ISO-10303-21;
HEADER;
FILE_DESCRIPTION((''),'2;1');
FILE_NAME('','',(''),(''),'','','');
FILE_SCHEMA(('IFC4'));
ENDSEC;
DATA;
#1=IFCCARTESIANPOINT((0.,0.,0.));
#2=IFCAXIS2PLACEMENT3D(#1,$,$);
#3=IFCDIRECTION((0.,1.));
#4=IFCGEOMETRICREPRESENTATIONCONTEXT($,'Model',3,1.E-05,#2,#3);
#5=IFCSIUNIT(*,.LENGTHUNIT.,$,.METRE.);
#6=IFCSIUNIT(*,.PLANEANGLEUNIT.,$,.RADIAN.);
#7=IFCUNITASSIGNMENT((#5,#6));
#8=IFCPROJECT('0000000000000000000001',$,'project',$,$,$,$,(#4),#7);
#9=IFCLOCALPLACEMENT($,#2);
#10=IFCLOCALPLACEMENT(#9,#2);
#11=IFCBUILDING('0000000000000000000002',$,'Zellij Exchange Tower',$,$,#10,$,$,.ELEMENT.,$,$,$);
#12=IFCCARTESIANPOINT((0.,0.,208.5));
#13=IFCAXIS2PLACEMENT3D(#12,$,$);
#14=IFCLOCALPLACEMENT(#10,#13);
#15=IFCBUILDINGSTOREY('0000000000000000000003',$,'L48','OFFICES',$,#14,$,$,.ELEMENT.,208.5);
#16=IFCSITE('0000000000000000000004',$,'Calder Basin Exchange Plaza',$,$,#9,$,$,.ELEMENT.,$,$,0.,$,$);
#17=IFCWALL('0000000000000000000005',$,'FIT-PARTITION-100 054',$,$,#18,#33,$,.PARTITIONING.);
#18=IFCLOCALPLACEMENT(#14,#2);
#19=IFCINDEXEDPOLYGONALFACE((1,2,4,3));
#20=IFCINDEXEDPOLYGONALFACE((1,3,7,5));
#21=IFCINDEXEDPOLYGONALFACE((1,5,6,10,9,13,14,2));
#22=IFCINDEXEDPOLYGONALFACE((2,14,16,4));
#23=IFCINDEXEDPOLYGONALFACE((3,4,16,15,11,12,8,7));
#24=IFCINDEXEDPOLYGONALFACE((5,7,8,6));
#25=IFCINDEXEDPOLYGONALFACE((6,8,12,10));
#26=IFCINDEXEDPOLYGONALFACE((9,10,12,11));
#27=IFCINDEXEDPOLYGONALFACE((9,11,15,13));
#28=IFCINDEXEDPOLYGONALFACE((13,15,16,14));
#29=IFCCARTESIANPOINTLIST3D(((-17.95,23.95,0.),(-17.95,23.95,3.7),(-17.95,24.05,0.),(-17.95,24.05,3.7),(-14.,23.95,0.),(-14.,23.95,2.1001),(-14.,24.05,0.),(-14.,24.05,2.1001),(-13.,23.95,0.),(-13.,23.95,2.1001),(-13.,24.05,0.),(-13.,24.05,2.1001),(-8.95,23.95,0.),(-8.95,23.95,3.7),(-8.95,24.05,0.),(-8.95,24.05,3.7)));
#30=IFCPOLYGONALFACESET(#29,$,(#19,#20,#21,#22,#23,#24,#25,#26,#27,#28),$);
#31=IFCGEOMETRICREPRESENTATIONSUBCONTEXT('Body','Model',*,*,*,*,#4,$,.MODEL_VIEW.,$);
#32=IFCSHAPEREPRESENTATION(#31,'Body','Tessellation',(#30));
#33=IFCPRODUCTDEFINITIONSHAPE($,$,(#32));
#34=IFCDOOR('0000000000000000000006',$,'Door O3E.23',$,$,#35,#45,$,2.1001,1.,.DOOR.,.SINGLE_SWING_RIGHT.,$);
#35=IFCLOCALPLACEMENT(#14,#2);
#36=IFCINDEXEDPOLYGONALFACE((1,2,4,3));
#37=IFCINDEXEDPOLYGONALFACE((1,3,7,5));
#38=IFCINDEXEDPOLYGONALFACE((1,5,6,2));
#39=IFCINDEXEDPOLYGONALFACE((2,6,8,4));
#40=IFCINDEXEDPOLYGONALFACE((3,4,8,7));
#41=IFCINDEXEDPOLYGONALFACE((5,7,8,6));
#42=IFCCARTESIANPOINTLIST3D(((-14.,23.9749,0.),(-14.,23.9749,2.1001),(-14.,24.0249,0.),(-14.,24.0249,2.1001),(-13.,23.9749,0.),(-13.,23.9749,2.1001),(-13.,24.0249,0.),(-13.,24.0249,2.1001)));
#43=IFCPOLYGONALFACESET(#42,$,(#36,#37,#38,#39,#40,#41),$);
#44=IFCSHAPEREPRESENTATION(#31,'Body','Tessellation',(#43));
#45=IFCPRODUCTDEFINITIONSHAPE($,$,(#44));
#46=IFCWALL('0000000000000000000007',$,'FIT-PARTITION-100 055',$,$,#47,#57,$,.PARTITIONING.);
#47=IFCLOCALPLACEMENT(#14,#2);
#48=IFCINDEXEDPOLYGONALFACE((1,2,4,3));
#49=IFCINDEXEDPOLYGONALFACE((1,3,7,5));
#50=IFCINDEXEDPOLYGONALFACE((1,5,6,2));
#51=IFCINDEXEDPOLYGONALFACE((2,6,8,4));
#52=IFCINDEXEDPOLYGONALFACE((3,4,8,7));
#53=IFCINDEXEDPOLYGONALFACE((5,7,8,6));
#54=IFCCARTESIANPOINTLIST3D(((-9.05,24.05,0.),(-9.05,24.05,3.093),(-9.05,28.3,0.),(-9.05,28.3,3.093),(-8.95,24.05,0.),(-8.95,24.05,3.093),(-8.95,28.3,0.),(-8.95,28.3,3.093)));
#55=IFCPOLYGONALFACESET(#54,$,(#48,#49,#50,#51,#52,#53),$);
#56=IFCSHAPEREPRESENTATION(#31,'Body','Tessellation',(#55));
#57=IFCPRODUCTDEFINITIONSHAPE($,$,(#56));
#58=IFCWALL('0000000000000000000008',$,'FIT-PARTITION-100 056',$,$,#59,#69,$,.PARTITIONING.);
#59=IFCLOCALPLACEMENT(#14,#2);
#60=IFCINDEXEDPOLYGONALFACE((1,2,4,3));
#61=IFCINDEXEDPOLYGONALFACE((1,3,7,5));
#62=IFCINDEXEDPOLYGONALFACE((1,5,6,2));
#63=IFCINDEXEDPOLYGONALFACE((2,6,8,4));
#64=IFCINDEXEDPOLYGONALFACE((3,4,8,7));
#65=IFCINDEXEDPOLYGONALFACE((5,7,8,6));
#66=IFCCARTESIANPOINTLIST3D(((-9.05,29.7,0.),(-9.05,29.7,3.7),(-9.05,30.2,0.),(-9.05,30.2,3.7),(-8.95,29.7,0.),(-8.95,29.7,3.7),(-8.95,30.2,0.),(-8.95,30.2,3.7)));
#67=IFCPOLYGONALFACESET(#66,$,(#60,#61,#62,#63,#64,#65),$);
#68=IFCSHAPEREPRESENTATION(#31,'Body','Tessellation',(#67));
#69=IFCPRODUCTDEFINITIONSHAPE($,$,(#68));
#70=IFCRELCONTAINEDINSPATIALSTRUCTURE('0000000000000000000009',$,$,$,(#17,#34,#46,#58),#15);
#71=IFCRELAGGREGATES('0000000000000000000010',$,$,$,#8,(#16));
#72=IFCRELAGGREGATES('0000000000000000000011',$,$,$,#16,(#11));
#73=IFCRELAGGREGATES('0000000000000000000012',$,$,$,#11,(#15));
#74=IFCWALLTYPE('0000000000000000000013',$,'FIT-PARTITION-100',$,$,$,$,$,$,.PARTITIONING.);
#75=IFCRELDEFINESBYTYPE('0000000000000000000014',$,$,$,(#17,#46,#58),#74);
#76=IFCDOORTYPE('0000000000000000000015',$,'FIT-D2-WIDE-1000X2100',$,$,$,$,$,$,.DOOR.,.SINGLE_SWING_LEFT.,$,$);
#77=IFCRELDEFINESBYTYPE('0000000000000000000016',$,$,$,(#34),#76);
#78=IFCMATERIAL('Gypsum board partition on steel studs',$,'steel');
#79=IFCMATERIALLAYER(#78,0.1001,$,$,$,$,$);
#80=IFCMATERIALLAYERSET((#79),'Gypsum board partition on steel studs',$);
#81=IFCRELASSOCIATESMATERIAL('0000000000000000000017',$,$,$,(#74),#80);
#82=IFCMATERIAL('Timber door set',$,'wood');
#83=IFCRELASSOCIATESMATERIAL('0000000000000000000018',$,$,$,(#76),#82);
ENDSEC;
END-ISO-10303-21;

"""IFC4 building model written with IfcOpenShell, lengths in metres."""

from ifc_helpers import new_model, si_unit, direction, frame, frame_2d, origin, place, context, subcontext, project, spatial, rectangle, extrude, material, layer, layer_set, type_object, element, fill, save


model = new_model("IFC4")

# Units and contexts
model_context = context("Model", 3, precision=1e-05, world=origin(), true_north=direction((0.0, 1.0)))
body_context = subcontext(model_context, "Body", "Model", "MODEL_VIEW")
ifc_project = project(units=[si_unit("LENGTHUNIT", "METRE"), si_unit("PLANEANGLEUNIT", "RADIAN")], contexts=[model_context])

# Site, building, storey
site_placement = place(None, origin())
site = spatial("IfcSite", under=ifc_project, at=site_placement, Name="Calder Basin Exchange Plaza", CompositionType="ELEMENT", RefElevation=0.0)
building_placement = place(site_placement, origin())
building = spatial("IfcBuilding", under=site, at=building_placement, Name="Zellij Exchange Tower", CompositionType="ELEMENT")
storey_placement = place(building_placement, frame((0.0, 0.0, 208.5)))
storey = spatial("IfcBuildingStorey", under=building, at=storey_placement, Name="L48", Description="OFFICES", CompositionType="ELEMENT", Elevation=208.5)

# Shared definitions
ifc_material_1 = material(Name="Gypsum board partition on steel studs", Category="steel")
ifc_layer = layer(ifc_material_1, 0.1001)
ifc_layer_set = layer_set([ifc_layer], Name="Gypsum board partition on steel studs")
wall_type = type_object("IfcWallType", Name="FIT-PARTITION-100", PredefinedType="PARTITIONING", material=ifc_layer_set)

# Wall, opening, door
wall_1_placement = place(storey_placement, frame((-17.95, 24.0, 0.0), z_axis=(0.0, 0.0, 1.0), x_axis=(1.0, 0.0, 0.0)))
wall_1 = element("IfcWall", 1, at=wall_1_placement, inside=storey, type_object=wall_type, Name="FIT-PARTITION-100 054", PredefinedType="PARTITIONING", context=body_context, shape_type="SweptSolid", body=[
    extrude(rectangle(XDim=9.0, YDim=0.1001, at=frame_2d((4.5, 0.0))), origin(), (0.0, 0.0, 1.0), 3.7),
])
opening_placement = place(wall_1_placement, frame((3.95, 0.0, 0.0)))
opening = element("IfcOpeningElement", 2, at=opening_placement, cuts=wall_1, PredefinedType="OPENING", context=body_context, shape_type="SweptSolid", body=[
    extrude(rectangle(XDim=1.0, YDim=2.1001, at=frame_2d((0.5, 1.05))), frame((0.0, 0.062, 0.0), z_axis=(0.0, -1.0, 0.0), x_axis=(1.0, 0.0, 0.0)), (0.0, 0.0, 1.0), 0.124),
])
ifc_material_2 = material(Name="Timber door set", Category="wood")
door_type = type_object("IfcDoorType", Name="FIT-D2-WIDE-1000X2100", OperationType="SINGLE_SWING_LEFT", PredefinedType="DOOR", material=ifc_material_2)
door_placement = place(opening_placement, origin())
door = element("IfcDoor", 3, at=door_placement, inside=storey, type_object=door_type, Name="Door O3E.23", OperationType="SINGLE_SWING_RIGHT", OverallHeight=2.1001, OverallWidth=1.0, PredefinedType="DOOR", context=body_context, shape_type="SweptSolid", body=[
    extrude(rectangle(XDim=1.0, YDim=2.1001, at=frame_2d((0.5, 1.05))), frame((0.0, 0.0249, 0.0), z_axis=(0.0, -1.0, 0.0), x_axis=(1.0, 0.0, 0.0)), (0.0, 0.0, 1.0), 0.05),
])
fill(opening, door)

# Walls
wall_2_placement = place(storey_placement, frame((-9.0, 24.05, 0.0), z_axis=(0.0, 0.0, 1.0), x_axis=(0.0, 1.0, 0.0)))
element("IfcWall", 4, at=wall_2_placement, inside=storey, type_object=wall_type, Name="FIT-PARTITION-100 055", PredefinedType="PARTITIONING", context=body_context, shape_type="SweptSolid", body=[
    extrude(rectangle(XDim=4.25, YDim=0.1001, at=frame_2d((2.125, 0.0))), origin(), (0.0, 0.0, 1.0), 3.093),
])
wall_3_placement = place(storey_placement, frame((-9.0, 29.7, 0.0), z_axis=(0.0, 0.0, 1.0), x_axis=(0.0, 1.0, 0.0)))
element("IfcWall", 5, at=wall_3_placement, inside=storey, type_object=wall_type, Name="FIT-PARTITION-100 056", PredefinedType="PARTITIONING", context=body_context, shape_type="SweptSolid", body=[
    extrude(rectangle(XDim=0.5, YDim=0.1001, at=frame_2d((0.25, 0.0))), origin(), (0.0, 0.0, 1.0), 3.7),
])

save(model, "model.ifc")
